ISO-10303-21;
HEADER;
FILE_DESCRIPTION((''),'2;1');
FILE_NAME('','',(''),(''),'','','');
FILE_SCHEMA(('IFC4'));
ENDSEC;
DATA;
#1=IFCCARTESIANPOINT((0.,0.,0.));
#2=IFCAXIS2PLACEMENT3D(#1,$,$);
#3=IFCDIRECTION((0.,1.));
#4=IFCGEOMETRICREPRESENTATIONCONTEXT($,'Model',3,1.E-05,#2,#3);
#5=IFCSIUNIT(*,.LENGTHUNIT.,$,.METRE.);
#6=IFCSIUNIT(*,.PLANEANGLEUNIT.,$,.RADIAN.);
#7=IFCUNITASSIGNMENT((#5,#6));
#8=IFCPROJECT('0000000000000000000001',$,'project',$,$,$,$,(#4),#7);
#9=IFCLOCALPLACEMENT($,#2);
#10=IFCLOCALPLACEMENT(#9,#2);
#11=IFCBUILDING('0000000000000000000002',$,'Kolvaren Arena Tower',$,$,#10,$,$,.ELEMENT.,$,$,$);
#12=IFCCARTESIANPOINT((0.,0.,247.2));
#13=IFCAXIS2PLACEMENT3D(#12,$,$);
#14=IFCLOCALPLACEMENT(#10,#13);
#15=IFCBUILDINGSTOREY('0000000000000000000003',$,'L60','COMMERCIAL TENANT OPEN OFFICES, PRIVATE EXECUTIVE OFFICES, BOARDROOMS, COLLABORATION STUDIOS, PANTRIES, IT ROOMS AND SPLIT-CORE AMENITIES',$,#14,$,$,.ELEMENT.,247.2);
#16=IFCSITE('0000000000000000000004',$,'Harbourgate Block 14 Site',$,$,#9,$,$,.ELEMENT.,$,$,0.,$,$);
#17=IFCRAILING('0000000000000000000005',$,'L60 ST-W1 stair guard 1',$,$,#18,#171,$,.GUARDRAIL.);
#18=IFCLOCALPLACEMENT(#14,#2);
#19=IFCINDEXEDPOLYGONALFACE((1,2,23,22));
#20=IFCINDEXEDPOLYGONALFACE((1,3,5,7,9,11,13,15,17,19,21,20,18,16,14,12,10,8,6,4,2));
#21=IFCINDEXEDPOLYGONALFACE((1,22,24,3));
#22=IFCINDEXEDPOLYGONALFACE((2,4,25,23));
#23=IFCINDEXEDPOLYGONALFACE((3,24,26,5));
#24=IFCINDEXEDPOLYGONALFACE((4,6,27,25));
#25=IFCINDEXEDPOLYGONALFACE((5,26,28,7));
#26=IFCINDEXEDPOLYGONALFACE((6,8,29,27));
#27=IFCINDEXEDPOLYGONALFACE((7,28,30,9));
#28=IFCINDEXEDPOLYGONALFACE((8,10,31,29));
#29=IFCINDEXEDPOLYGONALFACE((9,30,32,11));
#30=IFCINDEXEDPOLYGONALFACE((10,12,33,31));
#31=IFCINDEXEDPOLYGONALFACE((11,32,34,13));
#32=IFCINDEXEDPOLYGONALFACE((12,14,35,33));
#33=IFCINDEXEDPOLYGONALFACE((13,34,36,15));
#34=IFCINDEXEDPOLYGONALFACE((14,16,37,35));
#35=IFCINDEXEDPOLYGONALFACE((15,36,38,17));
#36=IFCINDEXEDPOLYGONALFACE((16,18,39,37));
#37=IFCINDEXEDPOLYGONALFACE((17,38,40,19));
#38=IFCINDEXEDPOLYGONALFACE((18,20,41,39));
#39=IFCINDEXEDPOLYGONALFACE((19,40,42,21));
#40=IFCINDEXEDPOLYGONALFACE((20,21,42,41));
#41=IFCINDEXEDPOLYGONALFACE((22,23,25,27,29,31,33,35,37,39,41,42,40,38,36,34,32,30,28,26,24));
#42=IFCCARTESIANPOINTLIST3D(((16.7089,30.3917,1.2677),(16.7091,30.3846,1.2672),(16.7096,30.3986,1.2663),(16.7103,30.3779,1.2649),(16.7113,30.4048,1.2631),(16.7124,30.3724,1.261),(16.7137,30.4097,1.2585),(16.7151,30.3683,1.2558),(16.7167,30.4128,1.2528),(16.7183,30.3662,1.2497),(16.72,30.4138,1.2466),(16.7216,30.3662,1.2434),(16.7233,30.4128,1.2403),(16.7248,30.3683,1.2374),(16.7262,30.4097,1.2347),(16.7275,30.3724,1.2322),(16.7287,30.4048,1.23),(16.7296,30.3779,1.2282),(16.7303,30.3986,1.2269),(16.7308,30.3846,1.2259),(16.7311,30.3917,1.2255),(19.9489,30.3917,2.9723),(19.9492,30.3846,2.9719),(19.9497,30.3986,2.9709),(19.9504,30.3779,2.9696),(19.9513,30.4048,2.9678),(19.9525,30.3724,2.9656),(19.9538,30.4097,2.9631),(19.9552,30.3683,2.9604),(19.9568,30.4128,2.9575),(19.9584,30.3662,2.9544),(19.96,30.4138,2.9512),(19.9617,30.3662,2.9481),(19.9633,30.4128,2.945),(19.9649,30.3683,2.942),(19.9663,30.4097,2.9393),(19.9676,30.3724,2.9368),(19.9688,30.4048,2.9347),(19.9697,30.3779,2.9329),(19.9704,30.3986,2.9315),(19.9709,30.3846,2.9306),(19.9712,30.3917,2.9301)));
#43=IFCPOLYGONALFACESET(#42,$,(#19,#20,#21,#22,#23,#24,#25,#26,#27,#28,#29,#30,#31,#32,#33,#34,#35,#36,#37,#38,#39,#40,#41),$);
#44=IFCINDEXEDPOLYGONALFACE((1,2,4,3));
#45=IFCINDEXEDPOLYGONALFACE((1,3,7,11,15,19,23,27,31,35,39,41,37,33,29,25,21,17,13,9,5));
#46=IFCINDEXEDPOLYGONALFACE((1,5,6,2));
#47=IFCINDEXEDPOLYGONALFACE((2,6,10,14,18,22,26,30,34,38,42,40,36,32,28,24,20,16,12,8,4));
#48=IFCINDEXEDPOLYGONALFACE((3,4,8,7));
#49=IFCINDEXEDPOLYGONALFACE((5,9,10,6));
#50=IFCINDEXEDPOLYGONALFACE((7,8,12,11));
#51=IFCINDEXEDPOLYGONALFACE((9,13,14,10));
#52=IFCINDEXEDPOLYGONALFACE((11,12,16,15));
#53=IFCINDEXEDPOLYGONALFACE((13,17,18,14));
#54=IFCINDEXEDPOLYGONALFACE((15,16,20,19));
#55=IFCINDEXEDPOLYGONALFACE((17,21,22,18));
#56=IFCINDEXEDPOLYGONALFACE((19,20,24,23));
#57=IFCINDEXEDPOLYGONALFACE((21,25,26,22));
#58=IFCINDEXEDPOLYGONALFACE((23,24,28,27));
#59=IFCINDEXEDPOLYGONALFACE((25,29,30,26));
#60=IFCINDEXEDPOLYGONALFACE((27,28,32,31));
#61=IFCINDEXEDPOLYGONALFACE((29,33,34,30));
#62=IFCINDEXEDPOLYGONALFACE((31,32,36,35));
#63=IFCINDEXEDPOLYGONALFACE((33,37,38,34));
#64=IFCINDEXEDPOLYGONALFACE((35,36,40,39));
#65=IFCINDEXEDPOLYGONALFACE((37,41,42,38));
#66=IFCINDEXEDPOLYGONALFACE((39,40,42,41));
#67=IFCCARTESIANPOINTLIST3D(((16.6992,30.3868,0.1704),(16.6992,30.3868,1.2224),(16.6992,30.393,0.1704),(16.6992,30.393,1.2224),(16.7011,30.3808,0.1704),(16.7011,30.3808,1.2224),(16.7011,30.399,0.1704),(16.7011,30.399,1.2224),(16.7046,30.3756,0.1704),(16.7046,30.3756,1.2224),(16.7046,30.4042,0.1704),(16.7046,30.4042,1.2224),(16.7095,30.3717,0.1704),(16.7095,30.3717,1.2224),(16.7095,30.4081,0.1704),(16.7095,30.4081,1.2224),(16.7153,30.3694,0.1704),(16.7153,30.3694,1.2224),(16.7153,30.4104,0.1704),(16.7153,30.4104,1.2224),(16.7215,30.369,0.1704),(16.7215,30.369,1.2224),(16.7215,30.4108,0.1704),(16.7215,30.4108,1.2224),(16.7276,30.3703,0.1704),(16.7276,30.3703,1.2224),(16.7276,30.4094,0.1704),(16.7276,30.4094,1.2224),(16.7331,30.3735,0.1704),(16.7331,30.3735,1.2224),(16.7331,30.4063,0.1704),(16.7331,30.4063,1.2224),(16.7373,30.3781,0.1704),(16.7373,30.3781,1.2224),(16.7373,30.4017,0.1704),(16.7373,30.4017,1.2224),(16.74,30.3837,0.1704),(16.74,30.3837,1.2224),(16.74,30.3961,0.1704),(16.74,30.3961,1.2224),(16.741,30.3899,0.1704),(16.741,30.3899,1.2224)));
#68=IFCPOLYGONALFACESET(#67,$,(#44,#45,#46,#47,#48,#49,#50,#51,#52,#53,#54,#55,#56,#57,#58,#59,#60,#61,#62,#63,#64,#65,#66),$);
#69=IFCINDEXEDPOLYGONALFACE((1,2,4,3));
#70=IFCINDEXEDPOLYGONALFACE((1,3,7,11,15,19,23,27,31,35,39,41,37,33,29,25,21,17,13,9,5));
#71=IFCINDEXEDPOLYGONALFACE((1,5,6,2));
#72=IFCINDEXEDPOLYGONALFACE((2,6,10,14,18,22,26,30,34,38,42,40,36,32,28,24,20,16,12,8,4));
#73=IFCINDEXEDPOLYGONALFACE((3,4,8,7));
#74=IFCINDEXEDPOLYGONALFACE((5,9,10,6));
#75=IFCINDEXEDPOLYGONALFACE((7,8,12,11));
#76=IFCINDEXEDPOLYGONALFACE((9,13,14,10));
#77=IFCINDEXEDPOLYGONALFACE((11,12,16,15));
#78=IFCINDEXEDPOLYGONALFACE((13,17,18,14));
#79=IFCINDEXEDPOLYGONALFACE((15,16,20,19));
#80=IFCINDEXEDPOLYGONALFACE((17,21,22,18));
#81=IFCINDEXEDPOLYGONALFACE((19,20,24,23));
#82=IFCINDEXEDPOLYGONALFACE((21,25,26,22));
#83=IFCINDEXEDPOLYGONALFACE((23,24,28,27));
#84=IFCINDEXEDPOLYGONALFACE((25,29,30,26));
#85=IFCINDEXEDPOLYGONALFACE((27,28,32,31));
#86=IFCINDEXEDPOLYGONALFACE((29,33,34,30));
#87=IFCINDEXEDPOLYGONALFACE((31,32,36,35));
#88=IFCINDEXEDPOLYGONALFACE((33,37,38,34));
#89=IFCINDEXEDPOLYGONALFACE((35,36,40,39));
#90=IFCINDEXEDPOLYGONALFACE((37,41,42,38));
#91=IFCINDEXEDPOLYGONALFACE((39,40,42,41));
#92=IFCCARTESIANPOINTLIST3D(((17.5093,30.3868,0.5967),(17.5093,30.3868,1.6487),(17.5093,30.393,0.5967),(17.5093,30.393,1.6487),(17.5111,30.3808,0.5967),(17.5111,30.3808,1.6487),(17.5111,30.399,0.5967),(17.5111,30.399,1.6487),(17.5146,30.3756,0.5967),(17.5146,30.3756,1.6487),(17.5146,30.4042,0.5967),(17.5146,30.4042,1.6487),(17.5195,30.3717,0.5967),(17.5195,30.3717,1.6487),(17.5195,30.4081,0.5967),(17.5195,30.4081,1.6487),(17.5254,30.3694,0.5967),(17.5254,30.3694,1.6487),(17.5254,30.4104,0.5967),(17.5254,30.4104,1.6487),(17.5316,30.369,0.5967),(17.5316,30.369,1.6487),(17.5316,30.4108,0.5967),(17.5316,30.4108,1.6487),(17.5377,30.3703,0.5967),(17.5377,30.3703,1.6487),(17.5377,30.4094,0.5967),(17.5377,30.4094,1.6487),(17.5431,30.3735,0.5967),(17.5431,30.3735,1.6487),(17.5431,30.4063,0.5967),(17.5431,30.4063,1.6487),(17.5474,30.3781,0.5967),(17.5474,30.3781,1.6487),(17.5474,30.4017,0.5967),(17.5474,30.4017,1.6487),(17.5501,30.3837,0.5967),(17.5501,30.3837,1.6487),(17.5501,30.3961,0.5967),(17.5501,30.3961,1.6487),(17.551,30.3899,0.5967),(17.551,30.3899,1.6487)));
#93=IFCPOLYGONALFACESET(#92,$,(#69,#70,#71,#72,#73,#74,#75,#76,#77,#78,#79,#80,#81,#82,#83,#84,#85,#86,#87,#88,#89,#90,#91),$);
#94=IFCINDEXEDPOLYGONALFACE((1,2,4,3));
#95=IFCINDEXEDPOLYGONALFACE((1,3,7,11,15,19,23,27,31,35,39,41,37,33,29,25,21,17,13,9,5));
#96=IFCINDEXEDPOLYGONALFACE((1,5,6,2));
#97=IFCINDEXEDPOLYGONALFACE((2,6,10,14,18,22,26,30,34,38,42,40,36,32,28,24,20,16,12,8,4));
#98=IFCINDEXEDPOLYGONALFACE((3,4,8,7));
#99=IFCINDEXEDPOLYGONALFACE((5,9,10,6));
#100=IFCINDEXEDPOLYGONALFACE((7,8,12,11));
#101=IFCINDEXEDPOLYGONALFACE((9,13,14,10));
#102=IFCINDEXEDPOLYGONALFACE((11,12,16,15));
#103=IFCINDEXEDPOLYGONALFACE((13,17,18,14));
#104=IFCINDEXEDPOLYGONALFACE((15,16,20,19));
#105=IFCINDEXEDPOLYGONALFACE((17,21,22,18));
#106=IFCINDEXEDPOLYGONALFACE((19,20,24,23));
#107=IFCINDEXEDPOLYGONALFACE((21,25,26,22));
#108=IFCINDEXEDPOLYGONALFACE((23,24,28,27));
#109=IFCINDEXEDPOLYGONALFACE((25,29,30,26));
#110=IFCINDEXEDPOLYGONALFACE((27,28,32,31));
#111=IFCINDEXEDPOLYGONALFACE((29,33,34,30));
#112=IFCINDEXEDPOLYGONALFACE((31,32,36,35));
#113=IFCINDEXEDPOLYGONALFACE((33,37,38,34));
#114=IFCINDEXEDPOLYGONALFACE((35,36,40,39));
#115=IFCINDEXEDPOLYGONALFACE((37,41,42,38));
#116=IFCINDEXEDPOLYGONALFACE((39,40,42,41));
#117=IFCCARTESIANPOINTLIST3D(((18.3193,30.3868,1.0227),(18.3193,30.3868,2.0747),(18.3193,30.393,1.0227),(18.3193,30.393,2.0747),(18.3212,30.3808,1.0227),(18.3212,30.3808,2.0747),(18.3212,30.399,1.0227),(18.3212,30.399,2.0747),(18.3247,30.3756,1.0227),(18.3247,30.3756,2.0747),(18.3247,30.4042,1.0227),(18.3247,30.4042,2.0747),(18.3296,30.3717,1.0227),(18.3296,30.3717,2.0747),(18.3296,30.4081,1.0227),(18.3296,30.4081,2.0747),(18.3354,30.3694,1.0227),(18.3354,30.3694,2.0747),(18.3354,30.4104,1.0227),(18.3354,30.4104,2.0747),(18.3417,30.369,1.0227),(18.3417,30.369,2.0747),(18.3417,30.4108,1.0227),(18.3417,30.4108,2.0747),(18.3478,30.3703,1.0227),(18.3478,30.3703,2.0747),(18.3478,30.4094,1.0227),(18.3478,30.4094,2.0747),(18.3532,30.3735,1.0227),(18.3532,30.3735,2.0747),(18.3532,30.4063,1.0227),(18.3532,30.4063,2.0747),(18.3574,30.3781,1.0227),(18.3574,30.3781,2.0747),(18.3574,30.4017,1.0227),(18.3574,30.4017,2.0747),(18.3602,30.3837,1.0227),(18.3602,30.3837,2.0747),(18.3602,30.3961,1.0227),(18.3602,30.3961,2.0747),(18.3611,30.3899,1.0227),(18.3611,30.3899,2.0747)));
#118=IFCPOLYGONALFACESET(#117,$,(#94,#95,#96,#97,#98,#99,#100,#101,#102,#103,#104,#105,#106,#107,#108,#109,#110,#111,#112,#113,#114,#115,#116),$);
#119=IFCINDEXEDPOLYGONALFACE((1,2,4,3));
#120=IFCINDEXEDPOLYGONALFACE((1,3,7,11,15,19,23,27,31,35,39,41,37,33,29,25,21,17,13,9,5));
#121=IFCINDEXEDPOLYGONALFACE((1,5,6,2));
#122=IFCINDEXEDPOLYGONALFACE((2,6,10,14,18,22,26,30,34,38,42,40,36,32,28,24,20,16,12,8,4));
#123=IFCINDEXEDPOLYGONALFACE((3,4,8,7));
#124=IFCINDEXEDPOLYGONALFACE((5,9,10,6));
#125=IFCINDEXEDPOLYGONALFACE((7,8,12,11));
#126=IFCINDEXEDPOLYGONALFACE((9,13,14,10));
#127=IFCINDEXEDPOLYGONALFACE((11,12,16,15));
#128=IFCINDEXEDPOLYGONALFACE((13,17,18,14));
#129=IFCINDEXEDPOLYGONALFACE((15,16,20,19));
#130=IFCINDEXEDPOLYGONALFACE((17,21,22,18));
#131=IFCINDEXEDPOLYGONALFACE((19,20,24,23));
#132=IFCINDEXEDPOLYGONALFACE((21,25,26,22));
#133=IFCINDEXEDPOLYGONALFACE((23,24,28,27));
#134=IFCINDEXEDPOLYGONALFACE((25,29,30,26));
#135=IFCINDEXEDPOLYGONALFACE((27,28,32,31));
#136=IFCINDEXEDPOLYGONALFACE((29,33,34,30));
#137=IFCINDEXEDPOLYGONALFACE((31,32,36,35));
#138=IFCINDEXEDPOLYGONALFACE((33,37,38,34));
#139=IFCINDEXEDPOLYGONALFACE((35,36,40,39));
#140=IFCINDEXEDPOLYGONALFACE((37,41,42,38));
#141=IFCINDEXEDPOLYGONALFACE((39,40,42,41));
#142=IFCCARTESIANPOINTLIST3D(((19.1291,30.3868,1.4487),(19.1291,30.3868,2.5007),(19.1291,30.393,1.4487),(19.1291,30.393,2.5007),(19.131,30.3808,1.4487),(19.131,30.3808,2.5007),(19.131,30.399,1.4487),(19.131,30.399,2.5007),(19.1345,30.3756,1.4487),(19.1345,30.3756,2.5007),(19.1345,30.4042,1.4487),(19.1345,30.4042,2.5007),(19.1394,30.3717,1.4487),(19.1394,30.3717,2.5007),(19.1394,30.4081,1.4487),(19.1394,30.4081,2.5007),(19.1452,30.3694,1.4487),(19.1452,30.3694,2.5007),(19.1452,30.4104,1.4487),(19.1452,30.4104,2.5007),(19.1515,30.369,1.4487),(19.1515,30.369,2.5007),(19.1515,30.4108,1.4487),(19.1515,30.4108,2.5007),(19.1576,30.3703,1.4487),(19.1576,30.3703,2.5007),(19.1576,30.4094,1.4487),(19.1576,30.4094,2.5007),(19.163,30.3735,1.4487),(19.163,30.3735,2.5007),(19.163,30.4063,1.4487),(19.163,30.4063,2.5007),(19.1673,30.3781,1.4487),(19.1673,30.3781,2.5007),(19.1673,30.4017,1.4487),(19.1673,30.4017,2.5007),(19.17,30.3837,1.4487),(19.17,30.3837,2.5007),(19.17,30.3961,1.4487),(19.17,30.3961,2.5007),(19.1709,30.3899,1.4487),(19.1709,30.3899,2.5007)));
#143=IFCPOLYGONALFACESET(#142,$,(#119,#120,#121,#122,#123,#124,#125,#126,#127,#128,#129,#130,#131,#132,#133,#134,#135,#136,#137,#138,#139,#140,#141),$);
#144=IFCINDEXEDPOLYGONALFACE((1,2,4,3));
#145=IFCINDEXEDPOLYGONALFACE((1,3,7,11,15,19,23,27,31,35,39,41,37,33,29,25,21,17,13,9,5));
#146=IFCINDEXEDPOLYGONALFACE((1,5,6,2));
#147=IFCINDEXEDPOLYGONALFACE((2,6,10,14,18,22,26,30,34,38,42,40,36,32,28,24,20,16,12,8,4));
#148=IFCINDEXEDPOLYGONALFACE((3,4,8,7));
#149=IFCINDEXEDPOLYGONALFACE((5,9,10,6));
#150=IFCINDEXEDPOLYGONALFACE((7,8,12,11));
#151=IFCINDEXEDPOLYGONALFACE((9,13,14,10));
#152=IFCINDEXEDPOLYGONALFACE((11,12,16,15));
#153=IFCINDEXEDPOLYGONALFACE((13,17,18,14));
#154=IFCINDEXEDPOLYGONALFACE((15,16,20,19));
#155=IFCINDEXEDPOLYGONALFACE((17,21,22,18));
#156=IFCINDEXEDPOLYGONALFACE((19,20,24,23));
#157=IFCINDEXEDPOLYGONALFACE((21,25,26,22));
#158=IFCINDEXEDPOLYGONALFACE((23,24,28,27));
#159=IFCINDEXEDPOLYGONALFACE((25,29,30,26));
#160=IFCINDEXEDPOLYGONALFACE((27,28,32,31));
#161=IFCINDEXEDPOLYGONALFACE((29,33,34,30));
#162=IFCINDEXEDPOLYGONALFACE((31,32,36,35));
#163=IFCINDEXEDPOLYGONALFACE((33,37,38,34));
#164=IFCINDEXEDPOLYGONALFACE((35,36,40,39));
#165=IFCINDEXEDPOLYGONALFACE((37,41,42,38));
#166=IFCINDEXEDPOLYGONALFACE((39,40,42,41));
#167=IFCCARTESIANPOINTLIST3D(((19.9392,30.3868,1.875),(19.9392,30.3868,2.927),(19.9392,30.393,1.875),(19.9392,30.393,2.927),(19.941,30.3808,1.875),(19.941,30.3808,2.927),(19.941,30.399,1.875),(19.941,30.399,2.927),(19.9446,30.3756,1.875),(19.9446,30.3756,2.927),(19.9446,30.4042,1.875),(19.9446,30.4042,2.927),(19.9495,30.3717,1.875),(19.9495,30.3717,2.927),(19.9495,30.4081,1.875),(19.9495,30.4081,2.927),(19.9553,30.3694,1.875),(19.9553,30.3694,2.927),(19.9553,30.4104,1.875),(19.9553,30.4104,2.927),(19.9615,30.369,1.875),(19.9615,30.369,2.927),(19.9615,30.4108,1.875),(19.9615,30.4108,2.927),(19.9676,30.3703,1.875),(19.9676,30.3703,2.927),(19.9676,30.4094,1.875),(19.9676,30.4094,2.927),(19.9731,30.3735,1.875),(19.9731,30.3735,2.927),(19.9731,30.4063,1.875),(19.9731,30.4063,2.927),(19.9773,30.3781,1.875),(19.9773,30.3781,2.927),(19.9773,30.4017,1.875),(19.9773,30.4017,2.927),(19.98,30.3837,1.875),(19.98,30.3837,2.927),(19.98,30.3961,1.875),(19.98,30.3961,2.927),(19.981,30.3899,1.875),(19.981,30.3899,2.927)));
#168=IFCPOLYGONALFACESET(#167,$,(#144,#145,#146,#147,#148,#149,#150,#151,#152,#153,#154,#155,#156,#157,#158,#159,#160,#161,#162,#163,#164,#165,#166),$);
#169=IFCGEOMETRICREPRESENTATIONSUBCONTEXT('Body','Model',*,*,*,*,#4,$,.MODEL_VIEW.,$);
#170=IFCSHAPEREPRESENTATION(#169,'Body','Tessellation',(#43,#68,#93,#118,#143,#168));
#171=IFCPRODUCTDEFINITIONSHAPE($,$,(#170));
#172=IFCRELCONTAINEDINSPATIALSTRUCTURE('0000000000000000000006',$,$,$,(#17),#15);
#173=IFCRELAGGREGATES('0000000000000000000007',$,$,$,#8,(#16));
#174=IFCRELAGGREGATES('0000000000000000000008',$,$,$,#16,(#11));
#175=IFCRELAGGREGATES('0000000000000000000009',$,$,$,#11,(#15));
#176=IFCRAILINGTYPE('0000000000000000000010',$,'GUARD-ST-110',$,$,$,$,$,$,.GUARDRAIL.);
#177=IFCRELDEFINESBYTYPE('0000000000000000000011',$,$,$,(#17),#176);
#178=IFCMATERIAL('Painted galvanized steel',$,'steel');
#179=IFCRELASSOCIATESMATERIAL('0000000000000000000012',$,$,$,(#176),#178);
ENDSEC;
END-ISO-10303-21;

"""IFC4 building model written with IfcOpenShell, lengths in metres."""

from ifc_helpers import new_model, si_unit, direction, frame, origin, origin_2d, place, context, subcontext, project, spatial, circle, extrude, material, type_object, element, save


model = new_model("IFC4")

# Units and contexts
model_context = context("Model", 3, precision=1e-05, world=origin(), true_north=direction((0.0, 1.0)))
body_context = subcontext(model_context, "Body", "Model", "MODEL_VIEW")
ifc_project = project(units=[si_unit("LENGTHUNIT", "METRE"), si_unit("PLANEANGLEUNIT", "RADIAN")], contexts=[model_context])

# Site, building, storey
site_placement = place(None, origin())
site = spatial("IfcSite", under=ifc_project, at=site_placement, Name="Harbourgate Block 14 Site", CompositionType="ELEMENT", RefElevation=0.0)
building_placement = place(site_placement, origin())
building = spatial("IfcBuilding", under=site, at=building_placement, Name="Kolvaren Arena Tower", CompositionType="ELEMENT")
storey_placement = place(building_placement, frame((0.0, 0.0, 247.2)))
storey = spatial("IfcBuildingStorey", under=building, at=storey_placement, Name="L60", Description="COMMERCIAL TENANT OPEN OFFICES, PRIVATE EXECUTIVE OFFICES, BOARDROOMS, COLLABORATION STUDIOS, PANTRIES, IT ROOMS AND SPLIT-CORE AMENITIES", CompositionType="ELEMENT", Elevation=247.2)

# Railing
ifc_material_1 = material(Name="Painted galvanized steel", Category="steel")
railing_type_1 = type_object("IfcRailingType", Name="GUARD-ST-110", PredefinedType="GUARDRAIL", material=ifc_material_1)
railing_1_placement = place(storey_placement, frame((16.72, 30.3899, 0.1704)))
element("IfcRailing", 1, at=railing_1_placement, inside=storey, type_object=railing_type_1, Name="L60 ST-W1 stair guard 1", PredefinedType="GUARDRAIL", context=body_context, shape_type="SweptSolid", body=[
    extrude(circle(Radius=0.0239, at=origin_2d()), frame((0.0, 0.0, 1.0762), z_axis=(0.884993, 0.0, 0.465604), x_axis=(0.0, 1.0, 0.0)), (0.0, 0.0, 1.0), 3.6611),
    extrude(circle(Radius=0.021, at=origin_2d()), origin(), (0.0, 0.0, 1.0), 1.052),
    extrude(circle(Radius=0.021, at=origin_2d()), frame((0.8101, 0.0, 0.4263)), (0.0, 0.0, 1.0), 1.052),
    extrude(circle(Radius=0.021, at=origin_2d()), frame((1.6201, 0.0, 0.8523)), (0.0, 0.0, 1.0), 1.052),
    extrude(circle(Radius=0.021, at=origin_2d()), frame((2.4299, 0.0, 1.2783)), (0.0, 0.0, 1.0), 1.052),
    extrude(circle(Radius=0.021, at=origin_2d()), frame((3.24, 0.0, 1.7046)), (0.0, 0.0, 1.0), 1.052),
])

save(model, "model.ifc")
